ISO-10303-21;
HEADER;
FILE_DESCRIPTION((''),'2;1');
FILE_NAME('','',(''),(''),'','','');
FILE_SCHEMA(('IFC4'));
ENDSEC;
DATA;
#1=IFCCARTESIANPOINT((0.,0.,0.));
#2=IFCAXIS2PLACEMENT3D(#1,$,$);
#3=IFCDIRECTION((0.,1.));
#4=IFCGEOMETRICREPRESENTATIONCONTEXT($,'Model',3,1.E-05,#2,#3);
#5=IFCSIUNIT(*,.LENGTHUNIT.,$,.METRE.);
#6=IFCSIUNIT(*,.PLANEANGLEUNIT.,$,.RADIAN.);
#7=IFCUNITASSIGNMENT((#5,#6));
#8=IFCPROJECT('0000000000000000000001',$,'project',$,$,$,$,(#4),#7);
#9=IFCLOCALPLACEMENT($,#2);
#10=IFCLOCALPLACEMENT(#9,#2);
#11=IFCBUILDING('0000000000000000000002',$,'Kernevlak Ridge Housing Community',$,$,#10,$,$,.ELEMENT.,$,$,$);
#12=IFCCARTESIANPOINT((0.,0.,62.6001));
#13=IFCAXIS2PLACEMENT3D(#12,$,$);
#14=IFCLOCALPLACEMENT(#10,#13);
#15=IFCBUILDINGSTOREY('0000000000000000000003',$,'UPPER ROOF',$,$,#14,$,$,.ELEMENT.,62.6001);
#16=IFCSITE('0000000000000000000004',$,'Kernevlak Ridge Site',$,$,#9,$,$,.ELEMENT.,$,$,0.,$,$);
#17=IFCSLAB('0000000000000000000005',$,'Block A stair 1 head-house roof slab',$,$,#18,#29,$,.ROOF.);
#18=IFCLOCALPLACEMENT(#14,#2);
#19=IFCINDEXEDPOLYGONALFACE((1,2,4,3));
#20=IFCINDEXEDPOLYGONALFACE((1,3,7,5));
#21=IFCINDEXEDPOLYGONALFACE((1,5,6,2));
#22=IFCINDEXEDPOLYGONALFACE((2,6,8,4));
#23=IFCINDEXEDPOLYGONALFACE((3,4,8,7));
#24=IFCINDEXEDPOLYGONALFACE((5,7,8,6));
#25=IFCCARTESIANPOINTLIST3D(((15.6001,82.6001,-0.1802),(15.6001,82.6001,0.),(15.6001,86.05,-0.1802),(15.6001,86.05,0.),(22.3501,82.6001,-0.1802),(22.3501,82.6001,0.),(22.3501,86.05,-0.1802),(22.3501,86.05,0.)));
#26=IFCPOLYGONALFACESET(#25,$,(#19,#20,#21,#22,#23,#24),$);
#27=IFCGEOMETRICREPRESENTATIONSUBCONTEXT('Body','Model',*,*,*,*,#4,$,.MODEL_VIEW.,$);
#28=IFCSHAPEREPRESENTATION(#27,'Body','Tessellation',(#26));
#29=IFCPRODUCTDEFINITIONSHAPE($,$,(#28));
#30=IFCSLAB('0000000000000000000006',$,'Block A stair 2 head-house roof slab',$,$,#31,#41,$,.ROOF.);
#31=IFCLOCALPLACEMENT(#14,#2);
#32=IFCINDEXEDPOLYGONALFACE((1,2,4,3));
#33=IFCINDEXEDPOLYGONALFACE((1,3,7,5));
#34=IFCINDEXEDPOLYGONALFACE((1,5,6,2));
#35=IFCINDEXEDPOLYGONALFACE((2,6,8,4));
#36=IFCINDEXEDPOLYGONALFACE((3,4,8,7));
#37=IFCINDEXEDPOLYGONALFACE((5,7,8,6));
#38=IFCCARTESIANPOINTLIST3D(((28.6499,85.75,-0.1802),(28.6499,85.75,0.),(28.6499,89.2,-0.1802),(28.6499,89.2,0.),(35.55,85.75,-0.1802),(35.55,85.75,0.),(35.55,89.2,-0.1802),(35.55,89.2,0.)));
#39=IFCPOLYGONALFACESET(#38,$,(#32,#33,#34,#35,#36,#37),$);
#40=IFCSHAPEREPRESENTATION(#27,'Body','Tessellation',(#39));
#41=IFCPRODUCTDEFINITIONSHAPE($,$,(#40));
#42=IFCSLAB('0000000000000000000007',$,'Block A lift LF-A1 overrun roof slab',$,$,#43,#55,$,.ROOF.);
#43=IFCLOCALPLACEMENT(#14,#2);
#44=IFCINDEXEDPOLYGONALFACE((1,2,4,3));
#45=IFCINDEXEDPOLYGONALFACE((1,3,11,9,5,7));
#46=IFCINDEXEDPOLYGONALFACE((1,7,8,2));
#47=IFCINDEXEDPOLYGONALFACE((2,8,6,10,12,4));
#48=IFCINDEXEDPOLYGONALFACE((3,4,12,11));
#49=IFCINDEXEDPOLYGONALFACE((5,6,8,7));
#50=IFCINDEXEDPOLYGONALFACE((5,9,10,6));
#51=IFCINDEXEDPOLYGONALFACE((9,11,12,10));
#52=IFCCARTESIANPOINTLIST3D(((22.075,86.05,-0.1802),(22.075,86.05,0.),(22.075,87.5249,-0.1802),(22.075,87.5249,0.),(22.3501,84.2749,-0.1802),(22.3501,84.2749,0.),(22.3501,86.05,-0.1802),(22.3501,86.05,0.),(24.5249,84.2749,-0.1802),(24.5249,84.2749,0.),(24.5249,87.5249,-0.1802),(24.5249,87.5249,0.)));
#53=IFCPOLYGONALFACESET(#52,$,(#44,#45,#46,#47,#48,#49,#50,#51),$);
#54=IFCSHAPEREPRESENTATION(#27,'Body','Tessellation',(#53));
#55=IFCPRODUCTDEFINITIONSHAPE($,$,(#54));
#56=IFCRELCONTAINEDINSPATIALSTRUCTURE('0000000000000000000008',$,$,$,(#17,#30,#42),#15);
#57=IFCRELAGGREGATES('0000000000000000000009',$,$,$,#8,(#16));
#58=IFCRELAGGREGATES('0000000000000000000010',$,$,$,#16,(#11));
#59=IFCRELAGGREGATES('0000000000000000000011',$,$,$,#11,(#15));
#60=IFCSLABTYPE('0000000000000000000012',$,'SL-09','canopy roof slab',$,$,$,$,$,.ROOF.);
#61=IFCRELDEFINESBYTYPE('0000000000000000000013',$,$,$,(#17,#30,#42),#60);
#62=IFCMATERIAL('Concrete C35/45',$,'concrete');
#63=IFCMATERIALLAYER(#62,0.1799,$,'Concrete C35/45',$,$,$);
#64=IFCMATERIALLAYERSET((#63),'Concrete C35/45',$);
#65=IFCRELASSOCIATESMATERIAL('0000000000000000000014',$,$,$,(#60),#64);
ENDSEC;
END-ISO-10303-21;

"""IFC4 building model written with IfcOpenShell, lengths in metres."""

from ifc_helpers import new_model, si_unit, direction, frame, origin, place, context, subcontext, project, spatial, polyline, outline, extrude, material, layer, layer_set, type_object, element, save


model = new_model("IFC4")

# Units and contexts
model_context = context("Model", 3, precision=1e-05, world=origin(), true_north=direction((0.0, 1.0)))
body_context = subcontext(model_context, "Body", "Model", "MODEL_VIEW")
ifc_project = project(units=[si_unit("LENGTHUNIT", "METRE"), si_unit("PLANEANGLEUNIT", "RADIAN")], contexts=[model_context])

# Site, building, storey
site_placement = place(None, origin())
site = spatial("IfcSite", under=ifc_project, at=site_placement, Name="Kernevlak Ridge Site", CompositionType="ELEMENT", RefElevation=0.0)
building_placement = place(site_placement, origin())
building = spatial("IfcBuilding", under=site, at=building_placement, Name="Kernevlak Ridge Housing Community", CompositionType="ELEMENT")
storey_placement = place(building_placement, frame((0.0, 0.0, 62.6001)))
storey = spatial("IfcBuildingStorey", under=building, at=storey_placement, Name="UPPER ROOF", CompositionType="ELEMENT", Elevation=62.6001)

# Slabs
ifc_material = material(Name="Concrete C35/45", Category="concrete")
ifc_layer = layer(ifc_material, 0.1799, Name="Concrete C35/45")
ifc_layer_set = layer_set([ifc_layer], Name="Concrete C35/45")
slab_type = type_object("IfcSlabType", Name="SL-09", Description="canopy roof slab", PredefinedType="ROOF", material=ifc_layer_set)
slab_1_placement = place(storey_placement, frame((0.0, 0.0, -0.1802)))
element("IfcSlab", 1, at=slab_1_placement, inside=storey, type_object=slab_type, Name="Block A stair 1 head-house roof slab", PredefinedType="ROOF", context=body_context, shape_type="SweptSolid", body=[
    extrude(outline(polyline([(15.6001, 82.6001), (22.3501, 82.6001), (22.3501, 86.05), (15.6001, 86.05), (15.6001, 82.6001)])), origin(), (0.0, 0.0, 1.0), 0.1802),
])
slab_2_placement = place(storey_placement, frame((0.0, 0.0, -0.1802)))
element("IfcSlab", 2, at=slab_2_placement, inside=storey, type_object=slab_type, Name="Block A stair 2 head-house roof slab", PredefinedType="ROOF", context=body_context, shape_type="SweptSolid", body=[
    extrude(outline(polyline([(28.6499, 85.75), (35.55, 85.75), (35.55, 89.2), (28.6499, 89.2), (28.6499, 85.75)])), origin(), (0.0, 0.0, 1.0), 0.1802),
])
slab_3_placement = place(storey_placement, frame((0.0, 0.0, -0.1802)))
element("IfcSlab", 3, at=slab_3_placement, inside=storey, type_object=slab_type, Name="Block A lift LF-A1 overrun roof slab", PredefinedType="ROOF", context=body_context, shape_type="SweptSolid", body=[
    extrude(outline(polyline([(22.3501, 84.2749), (24.5249, 84.2749), (24.5249, 87.5249), (22.075, 87.5249), (22.075, 86.05), (22.3501, 86.05), (22.3501, 84.2749)])), origin(), (0.0, 0.0, 1.0), 0.1802),
])

save(model, "model.ifc")
